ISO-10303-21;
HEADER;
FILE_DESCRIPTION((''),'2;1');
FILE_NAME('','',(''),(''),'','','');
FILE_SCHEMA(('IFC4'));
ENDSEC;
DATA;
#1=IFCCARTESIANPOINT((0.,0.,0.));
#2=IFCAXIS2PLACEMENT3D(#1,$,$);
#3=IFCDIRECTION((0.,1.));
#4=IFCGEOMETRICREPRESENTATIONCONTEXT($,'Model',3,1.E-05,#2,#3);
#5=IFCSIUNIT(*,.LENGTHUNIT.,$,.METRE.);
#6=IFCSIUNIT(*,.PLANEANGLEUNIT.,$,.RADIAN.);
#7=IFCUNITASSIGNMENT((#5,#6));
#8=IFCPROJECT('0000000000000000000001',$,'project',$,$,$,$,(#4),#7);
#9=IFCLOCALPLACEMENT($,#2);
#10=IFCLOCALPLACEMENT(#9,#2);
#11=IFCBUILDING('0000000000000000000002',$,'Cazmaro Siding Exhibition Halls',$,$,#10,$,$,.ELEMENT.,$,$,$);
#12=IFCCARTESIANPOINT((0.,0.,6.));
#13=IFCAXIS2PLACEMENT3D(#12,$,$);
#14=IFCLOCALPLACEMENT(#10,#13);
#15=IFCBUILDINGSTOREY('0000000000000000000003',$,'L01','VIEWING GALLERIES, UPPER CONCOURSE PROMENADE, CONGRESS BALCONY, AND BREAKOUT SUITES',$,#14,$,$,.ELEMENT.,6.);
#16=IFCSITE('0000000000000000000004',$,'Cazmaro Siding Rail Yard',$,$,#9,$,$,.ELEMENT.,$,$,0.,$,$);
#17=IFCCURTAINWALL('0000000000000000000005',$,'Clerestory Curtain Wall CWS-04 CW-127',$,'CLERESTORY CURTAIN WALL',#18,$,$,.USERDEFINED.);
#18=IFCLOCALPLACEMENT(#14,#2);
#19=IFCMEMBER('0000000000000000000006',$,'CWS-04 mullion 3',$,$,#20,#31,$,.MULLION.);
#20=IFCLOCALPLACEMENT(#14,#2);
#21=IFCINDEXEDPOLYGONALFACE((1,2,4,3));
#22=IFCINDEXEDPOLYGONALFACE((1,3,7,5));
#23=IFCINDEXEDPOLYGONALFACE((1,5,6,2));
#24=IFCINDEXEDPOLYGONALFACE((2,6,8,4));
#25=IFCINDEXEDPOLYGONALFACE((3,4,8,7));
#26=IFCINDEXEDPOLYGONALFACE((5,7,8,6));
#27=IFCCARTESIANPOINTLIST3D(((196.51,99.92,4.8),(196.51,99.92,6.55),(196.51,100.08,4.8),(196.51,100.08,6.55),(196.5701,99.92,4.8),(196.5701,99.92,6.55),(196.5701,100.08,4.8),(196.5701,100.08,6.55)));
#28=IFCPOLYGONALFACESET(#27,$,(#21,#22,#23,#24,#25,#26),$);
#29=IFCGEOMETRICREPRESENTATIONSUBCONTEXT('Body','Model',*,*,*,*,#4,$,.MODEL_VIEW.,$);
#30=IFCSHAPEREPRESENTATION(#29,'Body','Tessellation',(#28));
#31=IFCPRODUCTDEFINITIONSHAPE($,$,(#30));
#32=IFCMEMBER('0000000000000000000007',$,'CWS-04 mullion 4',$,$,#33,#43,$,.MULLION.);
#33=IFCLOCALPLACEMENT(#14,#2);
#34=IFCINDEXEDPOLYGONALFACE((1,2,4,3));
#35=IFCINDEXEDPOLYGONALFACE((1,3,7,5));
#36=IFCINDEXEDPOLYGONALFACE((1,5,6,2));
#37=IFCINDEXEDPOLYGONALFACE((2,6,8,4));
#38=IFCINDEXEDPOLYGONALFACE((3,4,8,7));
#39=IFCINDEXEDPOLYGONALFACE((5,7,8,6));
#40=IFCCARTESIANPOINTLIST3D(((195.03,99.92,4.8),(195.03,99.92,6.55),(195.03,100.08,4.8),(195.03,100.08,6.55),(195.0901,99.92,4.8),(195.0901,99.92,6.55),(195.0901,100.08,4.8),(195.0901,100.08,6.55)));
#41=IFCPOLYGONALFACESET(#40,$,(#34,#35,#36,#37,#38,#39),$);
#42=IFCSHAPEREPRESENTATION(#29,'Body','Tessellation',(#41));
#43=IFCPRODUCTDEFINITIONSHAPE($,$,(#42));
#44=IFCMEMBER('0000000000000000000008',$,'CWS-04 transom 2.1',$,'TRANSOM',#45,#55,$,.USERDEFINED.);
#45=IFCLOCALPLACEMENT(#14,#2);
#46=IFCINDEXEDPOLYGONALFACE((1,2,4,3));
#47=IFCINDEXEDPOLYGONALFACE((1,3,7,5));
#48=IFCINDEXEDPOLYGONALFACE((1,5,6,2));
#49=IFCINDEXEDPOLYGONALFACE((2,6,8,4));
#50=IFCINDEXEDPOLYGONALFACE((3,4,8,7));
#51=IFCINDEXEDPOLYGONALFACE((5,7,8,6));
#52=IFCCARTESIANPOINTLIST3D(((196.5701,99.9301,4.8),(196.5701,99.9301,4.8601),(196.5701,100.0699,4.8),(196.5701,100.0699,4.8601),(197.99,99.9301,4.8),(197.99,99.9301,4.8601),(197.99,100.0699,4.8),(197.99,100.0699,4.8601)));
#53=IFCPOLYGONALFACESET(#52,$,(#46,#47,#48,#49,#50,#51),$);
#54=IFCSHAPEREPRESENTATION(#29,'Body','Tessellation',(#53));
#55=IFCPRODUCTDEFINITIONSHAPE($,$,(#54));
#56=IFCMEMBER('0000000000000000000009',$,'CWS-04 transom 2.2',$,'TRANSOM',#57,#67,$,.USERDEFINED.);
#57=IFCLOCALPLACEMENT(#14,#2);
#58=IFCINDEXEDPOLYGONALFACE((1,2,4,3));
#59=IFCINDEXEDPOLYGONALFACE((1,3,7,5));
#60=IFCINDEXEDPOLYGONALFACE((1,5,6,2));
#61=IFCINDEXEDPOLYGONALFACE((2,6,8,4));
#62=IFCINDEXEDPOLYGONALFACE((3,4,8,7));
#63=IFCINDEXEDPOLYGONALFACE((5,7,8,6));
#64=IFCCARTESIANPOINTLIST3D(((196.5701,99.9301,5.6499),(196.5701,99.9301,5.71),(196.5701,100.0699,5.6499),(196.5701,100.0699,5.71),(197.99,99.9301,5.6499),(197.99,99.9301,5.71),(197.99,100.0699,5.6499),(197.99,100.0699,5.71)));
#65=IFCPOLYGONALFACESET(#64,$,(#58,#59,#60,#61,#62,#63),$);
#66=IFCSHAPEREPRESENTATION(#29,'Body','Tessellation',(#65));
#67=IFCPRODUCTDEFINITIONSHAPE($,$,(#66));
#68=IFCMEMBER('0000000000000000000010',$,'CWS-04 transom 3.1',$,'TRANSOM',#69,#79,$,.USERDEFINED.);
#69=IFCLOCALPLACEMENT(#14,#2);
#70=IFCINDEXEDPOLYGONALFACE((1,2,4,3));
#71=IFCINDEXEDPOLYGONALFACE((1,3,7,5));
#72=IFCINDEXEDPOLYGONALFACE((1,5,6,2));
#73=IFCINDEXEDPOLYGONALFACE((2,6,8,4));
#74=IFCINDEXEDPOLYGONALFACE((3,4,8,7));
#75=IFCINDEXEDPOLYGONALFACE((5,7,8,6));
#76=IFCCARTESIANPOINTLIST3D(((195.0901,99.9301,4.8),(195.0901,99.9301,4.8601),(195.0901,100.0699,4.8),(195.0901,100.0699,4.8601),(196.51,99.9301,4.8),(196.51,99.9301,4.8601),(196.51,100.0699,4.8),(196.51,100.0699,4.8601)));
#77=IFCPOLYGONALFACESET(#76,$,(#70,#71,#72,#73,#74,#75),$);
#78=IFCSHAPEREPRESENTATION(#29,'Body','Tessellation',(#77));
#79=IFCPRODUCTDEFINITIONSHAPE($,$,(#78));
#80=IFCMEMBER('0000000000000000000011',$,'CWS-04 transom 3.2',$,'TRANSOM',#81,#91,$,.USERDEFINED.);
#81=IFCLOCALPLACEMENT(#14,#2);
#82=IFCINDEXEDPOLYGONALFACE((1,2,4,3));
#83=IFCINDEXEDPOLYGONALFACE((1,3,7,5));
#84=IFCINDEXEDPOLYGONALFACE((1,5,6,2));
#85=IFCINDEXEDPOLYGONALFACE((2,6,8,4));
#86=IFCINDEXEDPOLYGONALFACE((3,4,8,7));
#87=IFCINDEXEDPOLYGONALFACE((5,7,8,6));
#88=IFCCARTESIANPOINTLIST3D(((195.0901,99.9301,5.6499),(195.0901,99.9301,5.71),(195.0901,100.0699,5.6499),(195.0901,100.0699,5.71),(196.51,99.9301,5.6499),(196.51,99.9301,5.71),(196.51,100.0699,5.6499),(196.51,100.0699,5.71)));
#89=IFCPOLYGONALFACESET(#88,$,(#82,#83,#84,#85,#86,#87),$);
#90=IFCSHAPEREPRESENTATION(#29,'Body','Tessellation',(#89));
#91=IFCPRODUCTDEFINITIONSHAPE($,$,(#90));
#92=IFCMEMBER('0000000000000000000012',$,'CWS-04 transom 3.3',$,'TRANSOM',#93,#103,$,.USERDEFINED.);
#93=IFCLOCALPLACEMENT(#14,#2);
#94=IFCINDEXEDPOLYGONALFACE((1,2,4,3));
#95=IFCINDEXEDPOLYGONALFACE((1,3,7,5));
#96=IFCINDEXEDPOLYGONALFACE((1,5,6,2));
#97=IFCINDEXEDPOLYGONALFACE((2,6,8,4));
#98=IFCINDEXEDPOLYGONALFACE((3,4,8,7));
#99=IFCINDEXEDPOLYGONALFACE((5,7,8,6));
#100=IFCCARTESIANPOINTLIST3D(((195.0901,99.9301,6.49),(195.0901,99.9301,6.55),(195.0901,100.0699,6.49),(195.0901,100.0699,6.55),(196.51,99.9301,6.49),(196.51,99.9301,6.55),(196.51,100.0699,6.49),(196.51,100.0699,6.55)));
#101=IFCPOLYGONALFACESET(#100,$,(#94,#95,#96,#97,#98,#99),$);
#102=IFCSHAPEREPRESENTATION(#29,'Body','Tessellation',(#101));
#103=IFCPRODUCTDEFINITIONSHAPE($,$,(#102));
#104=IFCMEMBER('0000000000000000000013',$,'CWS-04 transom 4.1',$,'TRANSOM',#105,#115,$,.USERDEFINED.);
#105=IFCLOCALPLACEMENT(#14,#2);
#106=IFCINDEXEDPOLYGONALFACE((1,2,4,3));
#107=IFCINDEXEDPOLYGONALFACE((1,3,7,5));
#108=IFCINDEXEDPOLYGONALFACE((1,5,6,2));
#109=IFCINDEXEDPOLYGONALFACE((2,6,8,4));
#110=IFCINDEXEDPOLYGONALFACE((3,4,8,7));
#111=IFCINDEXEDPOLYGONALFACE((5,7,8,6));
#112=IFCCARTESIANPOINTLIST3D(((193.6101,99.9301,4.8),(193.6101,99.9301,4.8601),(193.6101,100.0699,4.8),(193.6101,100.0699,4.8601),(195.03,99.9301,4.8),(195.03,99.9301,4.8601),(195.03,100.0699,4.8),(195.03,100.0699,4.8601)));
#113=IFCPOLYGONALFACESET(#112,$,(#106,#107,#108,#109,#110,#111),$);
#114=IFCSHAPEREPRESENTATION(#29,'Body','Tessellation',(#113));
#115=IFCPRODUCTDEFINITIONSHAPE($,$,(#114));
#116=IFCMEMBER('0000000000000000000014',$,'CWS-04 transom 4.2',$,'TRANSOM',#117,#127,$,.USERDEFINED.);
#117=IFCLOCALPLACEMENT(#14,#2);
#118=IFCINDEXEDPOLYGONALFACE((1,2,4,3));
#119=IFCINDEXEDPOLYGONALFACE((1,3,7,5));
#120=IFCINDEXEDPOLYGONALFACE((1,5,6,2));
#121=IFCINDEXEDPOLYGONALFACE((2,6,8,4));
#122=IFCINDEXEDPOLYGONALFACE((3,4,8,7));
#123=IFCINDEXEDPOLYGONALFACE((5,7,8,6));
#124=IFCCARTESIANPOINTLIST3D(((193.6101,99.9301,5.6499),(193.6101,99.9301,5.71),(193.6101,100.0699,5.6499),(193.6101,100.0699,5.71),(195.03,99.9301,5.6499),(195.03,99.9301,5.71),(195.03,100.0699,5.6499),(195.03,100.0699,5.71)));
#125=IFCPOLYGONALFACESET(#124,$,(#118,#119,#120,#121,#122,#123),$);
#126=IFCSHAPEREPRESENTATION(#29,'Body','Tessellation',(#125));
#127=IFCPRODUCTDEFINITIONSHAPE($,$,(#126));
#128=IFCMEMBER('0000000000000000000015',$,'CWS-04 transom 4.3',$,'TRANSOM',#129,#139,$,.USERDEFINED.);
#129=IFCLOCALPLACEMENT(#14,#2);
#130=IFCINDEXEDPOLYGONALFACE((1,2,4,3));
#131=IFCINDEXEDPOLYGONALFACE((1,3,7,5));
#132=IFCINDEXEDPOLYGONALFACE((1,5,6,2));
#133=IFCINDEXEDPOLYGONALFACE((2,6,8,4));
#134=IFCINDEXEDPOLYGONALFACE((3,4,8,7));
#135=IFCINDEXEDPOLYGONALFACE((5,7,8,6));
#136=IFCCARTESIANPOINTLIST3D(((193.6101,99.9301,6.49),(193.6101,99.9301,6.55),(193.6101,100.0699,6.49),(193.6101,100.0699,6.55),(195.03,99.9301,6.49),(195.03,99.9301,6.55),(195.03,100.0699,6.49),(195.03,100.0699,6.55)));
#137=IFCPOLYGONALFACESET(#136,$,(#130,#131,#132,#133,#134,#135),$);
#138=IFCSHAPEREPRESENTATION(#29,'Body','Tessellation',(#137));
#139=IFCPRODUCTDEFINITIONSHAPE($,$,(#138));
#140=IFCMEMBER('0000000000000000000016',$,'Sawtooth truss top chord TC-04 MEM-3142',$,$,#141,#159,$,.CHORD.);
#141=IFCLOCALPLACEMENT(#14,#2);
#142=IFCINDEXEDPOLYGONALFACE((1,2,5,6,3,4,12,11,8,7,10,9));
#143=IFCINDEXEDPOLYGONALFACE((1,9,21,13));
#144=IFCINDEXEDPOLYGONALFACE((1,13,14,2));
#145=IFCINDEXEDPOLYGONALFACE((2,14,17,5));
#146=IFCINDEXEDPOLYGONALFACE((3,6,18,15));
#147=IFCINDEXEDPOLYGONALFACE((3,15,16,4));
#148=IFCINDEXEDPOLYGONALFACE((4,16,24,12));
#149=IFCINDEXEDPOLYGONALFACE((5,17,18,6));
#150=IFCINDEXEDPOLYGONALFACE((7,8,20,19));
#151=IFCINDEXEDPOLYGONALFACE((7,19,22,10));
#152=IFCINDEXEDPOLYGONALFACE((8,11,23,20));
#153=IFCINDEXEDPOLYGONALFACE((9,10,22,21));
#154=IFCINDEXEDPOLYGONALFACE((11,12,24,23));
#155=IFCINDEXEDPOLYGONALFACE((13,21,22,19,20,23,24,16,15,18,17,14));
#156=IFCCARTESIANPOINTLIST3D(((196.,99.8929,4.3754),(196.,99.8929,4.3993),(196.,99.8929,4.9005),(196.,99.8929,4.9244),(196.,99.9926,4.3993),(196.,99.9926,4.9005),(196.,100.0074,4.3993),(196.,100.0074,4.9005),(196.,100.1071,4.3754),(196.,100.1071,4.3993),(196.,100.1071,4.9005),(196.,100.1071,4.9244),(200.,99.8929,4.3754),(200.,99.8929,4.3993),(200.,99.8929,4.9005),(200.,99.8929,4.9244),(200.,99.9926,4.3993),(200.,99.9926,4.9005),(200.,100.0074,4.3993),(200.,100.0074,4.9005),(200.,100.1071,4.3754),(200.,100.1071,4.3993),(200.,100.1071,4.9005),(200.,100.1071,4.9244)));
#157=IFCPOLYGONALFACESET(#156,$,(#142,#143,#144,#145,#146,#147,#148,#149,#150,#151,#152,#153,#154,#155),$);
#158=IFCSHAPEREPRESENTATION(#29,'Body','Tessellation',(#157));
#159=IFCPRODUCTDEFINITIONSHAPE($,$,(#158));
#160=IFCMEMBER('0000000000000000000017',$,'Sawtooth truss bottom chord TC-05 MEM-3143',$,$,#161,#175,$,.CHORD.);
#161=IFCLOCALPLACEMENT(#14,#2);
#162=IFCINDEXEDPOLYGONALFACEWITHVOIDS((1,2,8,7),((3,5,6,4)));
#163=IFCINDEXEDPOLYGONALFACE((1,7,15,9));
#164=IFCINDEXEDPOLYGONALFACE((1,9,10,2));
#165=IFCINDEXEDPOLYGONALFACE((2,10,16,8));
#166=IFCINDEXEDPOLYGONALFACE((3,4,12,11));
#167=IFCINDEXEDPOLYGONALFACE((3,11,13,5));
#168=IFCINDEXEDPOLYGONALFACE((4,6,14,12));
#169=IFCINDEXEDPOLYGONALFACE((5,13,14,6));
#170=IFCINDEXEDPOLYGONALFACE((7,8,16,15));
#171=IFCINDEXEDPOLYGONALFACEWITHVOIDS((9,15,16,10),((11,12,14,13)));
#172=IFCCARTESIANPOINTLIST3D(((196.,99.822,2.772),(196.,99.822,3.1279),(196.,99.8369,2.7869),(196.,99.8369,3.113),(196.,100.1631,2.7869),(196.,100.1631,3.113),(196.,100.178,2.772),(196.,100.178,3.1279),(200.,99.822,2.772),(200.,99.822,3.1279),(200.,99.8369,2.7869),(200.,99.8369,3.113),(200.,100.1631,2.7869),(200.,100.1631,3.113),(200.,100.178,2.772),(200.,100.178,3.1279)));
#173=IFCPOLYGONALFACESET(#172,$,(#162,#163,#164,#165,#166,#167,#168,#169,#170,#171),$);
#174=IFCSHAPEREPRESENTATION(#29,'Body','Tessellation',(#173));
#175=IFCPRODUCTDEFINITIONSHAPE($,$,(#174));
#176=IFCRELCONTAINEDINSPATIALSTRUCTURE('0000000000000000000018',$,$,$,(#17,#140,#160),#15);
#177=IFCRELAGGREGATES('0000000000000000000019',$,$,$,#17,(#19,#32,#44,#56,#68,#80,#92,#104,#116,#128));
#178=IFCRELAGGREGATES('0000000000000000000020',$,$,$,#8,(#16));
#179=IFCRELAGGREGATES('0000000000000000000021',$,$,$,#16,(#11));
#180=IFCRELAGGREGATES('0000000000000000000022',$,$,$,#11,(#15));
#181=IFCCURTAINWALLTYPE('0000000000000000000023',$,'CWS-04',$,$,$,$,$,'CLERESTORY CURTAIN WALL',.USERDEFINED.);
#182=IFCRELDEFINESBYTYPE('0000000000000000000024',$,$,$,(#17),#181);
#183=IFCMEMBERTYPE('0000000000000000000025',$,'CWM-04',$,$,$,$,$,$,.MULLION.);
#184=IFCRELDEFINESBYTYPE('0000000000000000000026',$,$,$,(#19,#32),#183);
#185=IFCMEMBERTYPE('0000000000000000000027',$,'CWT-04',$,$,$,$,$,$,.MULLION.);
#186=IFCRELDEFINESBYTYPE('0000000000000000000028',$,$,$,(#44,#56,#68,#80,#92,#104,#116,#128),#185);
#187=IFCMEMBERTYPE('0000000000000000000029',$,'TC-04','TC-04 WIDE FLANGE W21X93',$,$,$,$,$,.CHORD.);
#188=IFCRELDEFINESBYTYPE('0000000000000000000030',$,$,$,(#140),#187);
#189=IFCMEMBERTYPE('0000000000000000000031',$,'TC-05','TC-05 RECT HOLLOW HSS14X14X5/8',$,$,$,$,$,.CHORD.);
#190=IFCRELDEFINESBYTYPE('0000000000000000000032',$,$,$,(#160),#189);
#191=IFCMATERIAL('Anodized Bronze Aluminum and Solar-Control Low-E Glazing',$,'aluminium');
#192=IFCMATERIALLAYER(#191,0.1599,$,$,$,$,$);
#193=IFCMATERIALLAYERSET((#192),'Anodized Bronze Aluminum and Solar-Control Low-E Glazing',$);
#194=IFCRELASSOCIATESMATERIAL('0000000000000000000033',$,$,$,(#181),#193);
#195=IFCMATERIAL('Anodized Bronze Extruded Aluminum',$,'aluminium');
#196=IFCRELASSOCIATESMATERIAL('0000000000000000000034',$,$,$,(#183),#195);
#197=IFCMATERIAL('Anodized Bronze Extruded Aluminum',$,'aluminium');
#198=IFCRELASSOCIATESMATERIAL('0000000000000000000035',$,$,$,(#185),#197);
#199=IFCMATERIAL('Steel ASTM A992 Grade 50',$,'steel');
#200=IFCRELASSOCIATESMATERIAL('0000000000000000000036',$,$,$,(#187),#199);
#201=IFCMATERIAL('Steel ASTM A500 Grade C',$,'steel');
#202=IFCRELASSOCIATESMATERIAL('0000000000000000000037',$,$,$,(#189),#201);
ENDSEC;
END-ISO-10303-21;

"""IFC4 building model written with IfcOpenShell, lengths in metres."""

from ifc_helpers import new_model, si_unit, direction, frame, origin, origin_2d, place, context, subcontext, project, spatial, rectangle, hollow_rectangle, i_section, extrude, material, layer, layer_set, material_profile, profile_set, type_object, element, aggregate, save


model = new_model("IFC4")

# Units and contexts
model_context = context("Model", 3, precision=1e-05, world=origin(), true_north=direction((0.0, 1.0)))
body_context = subcontext(model_context, "Body", "Model", "MODEL_VIEW")
ifc_project = project(units=[si_unit("LENGTHUNIT", "METRE"), si_unit("PLANEANGLEUNIT", "RADIAN")], contexts=[model_context])

# Site, building, storey
site_placement = place(None, origin())
site = spatial("IfcSite", under=ifc_project, at=site_placement, Name="Cazmaro Siding Rail Yard", CompositionType="ELEMENT", RefElevation=0.0)
building_placement = place(site_placement, origin())
building = spatial("IfcBuilding", under=site, at=building_placement, Name="Cazmaro Siding Exhibition Halls", CompositionType="ELEMENT")
storey_placement = place(building_placement, frame((0.0, 0.0, 6.0)))
storey = spatial("IfcBuildingStorey", under=building, at=storey_placement, Name="L01", Description="VIEWING GALLERIES, UPPER CONCOURSE PROMENADE, CONGRESS BALCONY, AND BREAKOUT SUITES", CompositionType="ELEMENT", Elevation=6.0)

# Curtain wall, members
ifc_material_1 = material(Name="Anodized Bronze Aluminum and Solar-Control Low-E Glazing", Category="aluminium")
ifc_layer_1 = layer(ifc_material_1, 0.1599)
ifc_layer_set_1 = layer_set([ifc_layer_1], Name="Anodized Bronze Aluminum and Solar-Control Low-E Glazing")
curtain_wall_type = type_object("IfcCurtainWallType", Name="CWS-04", ElementType="CLERESTORY CURTAIN WALL", PredefinedType="USERDEFINED", material=ifc_layer_set_1)
curtain_wall_placement = place(storey_placement, origin())
curtain_wall = element("IfcCurtainWall", 1, at=curtain_wall_placement, inside=storey, type_object=curtain_wall_type, Name="Clerestory Curtain Wall CWS-04 CW-127", ObjectType="CLERESTORY CURTAIN WALL", PredefinedType="USERDEFINED")
ifc_material_2 = material(Name="Anodized Bronze Extruded Aluminum", Category="aluminium")
ifc_material_profile_1 = material_profile(ifc_material_2, rectangle(XDim=0.1599, YDim=0.0601, at=origin_2d()), Name="CWM-04")
ifc_profile_set_1 = profile_set([ifc_material_profile_1], Name="Anodized Bronze Extruded Aluminum")
member_type_1 = type_object("IfcMemberType", Name="CWM-04", PredefinedType="MULLION", material=ifc_profile_set_1)
member_1_placement = place(storey_placement, frame((196.54, 100.0, 4.8), z_axis=(0.0, 0.0, 1.0), x_axis=(0.0, -1.0, 0.0)))
member_1 = element("IfcMember", 2, at=member_1_placement, type_object=member_type_1, Name="CWS-04 mullion 3", PredefinedType="MULLION", context=body_context, shape_type="SweptSolid", body=[
    extrude(rectangle(XDim=0.1599, YDim=0.0601, at=origin_2d()), origin(), (0.0, 0.0, 1.0), 1.75),
])
member_2_placement = place(storey_placement, frame((195.0601, 100.0, 4.8), z_axis=(0.0, 0.0, 1.0), x_axis=(0.0, -1.0, 0.0)))
member_2 = element("IfcMember", 3, at=member_2_placement, type_object=member_type_1, Name="CWS-04 mullion 4", PredefinedType="MULLION", context=body_context, shape_type="SweptSolid", body=[
    extrude(rectangle(XDim=0.1599, YDim=0.0601, at=origin_2d()), origin(), (0.0, 0.0, 1.0), 1.75),
])
ifc_material_3 = material(Name="Anodized Bronze Extruded Aluminum", Category="aluminium")
ifc_material_profile_2 = material_profile(ifc_material_3, rectangle(XDim=0.1399, YDim=0.0601, at=origin_2d()), Name="CWT-04")
ifc_profile_set_2 = profile_set([ifc_material_profile_2], Name="Anodized Bronze Extruded Aluminum")
member_type_2 = type_object("IfcMemberType", Name="CWT-04", PredefinedType="MULLION", material=ifc_profile_set_2)
member_3_placement = place(storey_placement, frame((197.99, 100.0, 4.8301), z_axis=(-1.0, 0.0, 0.0), x_axis=(0.0, -1.0, 0.0)))
member_3 = element("IfcMember", 4, at=member_3_placement, type_object=member_type_2, Name="CWS-04 transom 2.1", ObjectType="TRANSOM", PredefinedType="USERDEFINED", context=body_context, shape_type="SweptSolid", body=[
    extrude(rectangle(XDim=0.1399, YDim=0.0601, at=origin_2d()), origin(), (0.0, 0.0, 1.0), 1.4199),
])
member_4_placement = place(storey_placement, frame((197.99, 100.0, 5.6799), z_axis=(-1.0, 0.0, 0.0), x_axis=(0.0, -1.0, 0.0)))
member_4 = element("IfcMember", 5, at=member_4_placement, type_object=member_type_2, Name="CWS-04 transom 2.2", ObjectType="TRANSOM", PredefinedType="USERDEFINED", context=body_context, shape_type="SweptSolid", body=[
    extrude(rectangle(XDim=0.1399, YDim=0.0601, at=origin_2d()), origin(), (0.0, 0.0, 1.0), 1.4199),
])
member_5_placement = place(storey_placement, frame((196.51, 100.0, 4.8301), z_axis=(-1.0, 0.0, 0.0), x_axis=(0.0, -1.0, 0.0)))
member_5 = element("IfcMember", 6, at=member_5_placement, type_object=member_type_2, Name="CWS-04 transom 3.1", ObjectType="TRANSOM", PredefinedType="USERDEFINED", context=body_context, shape_type="SweptSolid", body=[
    extrude(rectangle(XDim=0.1399, YDim=0.0601, at=origin_2d()), origin(), (0.0, 0.0, 1.0), 1.4199),
])
member_6_placement = place(storey_placement, frame((196.51, 100.0, 5.6799), z_axis=(-1.0, 0.0, 0.0), x_axis=(0.0, -1.0, 0.0)))
member_6 = element("IfcMember", 7, at=member_6_placement, type_object=member_type_2, Name="CWS-04 transom 3.2", ObjectType="TRANSOM", PredefinedType="USERDEFINED", context=body_context, shape_type="SweptSolid", body=[
    extrude(rectangle(XDim=0.1399, YDim=0.0601, at=origin_2d()), origin(), (0.0, 0.0, 1.0), 1.4199),
])
member_7_placement = place(storey_placement, frame((196.51, 100.0, 6.52), z_axis=(-1.0, 0.0, 0.0), x_axis=(0.0, -1.0, 0.0)))
member_7 = element("IfcMember", 8, at=member_7_placement, type_object=member_type_2, Name="CWS-04 transom 3.3", ObjectType="TRANSOM", PredefinedType="USERDEFINED", context=body_context, shape_type="SweptSolid", body=[
    extrude(rectangle(XDim=0.1399, YDim=0.0601, at=origin_2d()), origin(), (0.0, 0.0, 1.0), 1.4199),
])
member_8_placement = place(storey_placement, frame((195.03, 100.0, 4.8301), z_axis=(-1.0, 0.0, 0.0), x_axis=(0.0, -1.0, 0.0)))
member_8 = element("IfcMember", 9, at=member_8_placement, type_object=member_type_2, Name="CWS-04 transom 4.1", ObjectType="TRANSOM", PredefinedType="USERDEFINED", context=body_context, shape_type="SweptSolid", body=[
    extrude(rectangle(XDim=0.1399, YDim=0.0601, at=origin_2d()), origin(), (0.0, 0.0, 1.0), 1.4199),
])
member_9_placement = place(storey_placement, frame((195.03, 100.0, 5.6799), z_axis=(-1.0, 0.0, 0.0), x_axis=(0.0, -1.0, 0.0)))
member_9 = element("IfcMember", 10, at=member_9_placement, type_object=member_type_2, Name="CWS-04 transom 4.2", ObjectType="TRANSOM", PredefinedType="USERDEFINED", context=body_context, shape_type="SweptSolid", body=[
    extrude(rectangle(XDim=0.1399, YDim=0.0601, at=origin_2d()), origin(), (0.0, 0.0, 1.0), 1.4199),
])
member_10_placement = place(storey_placement, frame((195.03, 100.0, 6.52), z_axis=(-1.0, 0.0, 0.0), x_axis=(0.0, -1.0, 0.0)))
member_10 = element("IfcMember", 11, at=member_10_placement, type_object=member_type_2, Name="CWS-04 transom 4.3", ObjectType="TRANSOM", PredefinedType="USERDEFINED", context=body_context, shape_type="SweptSolid", body=[
    extrude(rectangle(XDim=0.1399, YDim=0.0601, at=origin_2d()), origin(), (0.0, 0.0, 1.0), 1.4199),
])

# Members
ifc_material_4 = material(Name="Steel ASTM A992 Grade 50", Category="steel")
ifc_material_profile_3 = material_profile(ifc_material_4, i_section(OverallWidth=0.2141, OverallDepth=0.5491, WebThickness=0.0149, FlangeThickness=0.0239, at=origin_2d()), Name="W21X93")
ifc_profile_set_3 = profile_set([ifc_material_profile_3], Name="Steel ASTM A992 Grade 50")
member_type_3 = type_object("IfcMemberType", Name="TC-04", Description="TC-04 WIDE FLANGE W21X93", PredefinedType="CHORD", material=ifc_profile_set_3)
member_11_placement = place(storey_placement, frame((196.0, 100.0, 4.6499), z_axis=(1.0, 0.0, 0.0), x_axis=(0.0, 1.0, 0.0)))
element("IfcMember", 12, at=member_11_placement, inside=storey, type_object=member_type_3, Name="Sawtooth truss top chord TC-04 MEM-3142", PredefinedType="CHORD", context=body_context, shape_type="SweptSolid", body=[
    extrude(i_section(OverallWidth=0.2141, OverallDepth=0.5491, WebThickness=0.0149, FlangeThickness=0.0239, at=origin_2d()), origin(), (0.0, 0.0, 1.0), 4.0),
])
ifc_material_5 = material(Name="Steel ASTM A500 Grade C", Category="steel")
ifc_material_profile_4 = material_profile(ifc_material_5, hollow_rectangle(XDim=0.356, YDim=0.356, WallThickness=0.0149, at=origin_2d()), Name="HSS14X14X5/8")
ifc_profile_set_4 = profile_set([ifc_material_profile_4], Name="Steel ASTM A500 Grade C")
member_type_4 = type_object("IfcMemberType", Name="TC-05", Description="TC-05 RECT HOLLOW HSS14X14X5/8", PredefinedType="CHORD", material=ifc_profile_set_4)
member_12_placement = place(storey_placement, frame((196.0, 100.0, 2.95), z_axis=(1.0, 0.0, 0.0), x_axis=(0.0, 1.0, 0.0)))
element("IfcMember", 13, at=member_12_placement, inside=storey, type_object=member_type_4, Name="Sawtooth truss bottom chord TC-05 MEM-3143", PredefinedType="CHORD", context=body_context, shape_type="SweptSolid", body=[
    extrude(hollow_rectangle(XDim=0.356, YDim=0.356, WallThickness=0.0149, at=origin_2d()), origin(), (0.0, 0.0, 1.0), 4.0),
])

aggregate(curtain_wall, [member_1, member_2, member_3, member_4, member_5, member_6, member_7, member_8, member_9, member_10])

save(model, "model.ifc")
